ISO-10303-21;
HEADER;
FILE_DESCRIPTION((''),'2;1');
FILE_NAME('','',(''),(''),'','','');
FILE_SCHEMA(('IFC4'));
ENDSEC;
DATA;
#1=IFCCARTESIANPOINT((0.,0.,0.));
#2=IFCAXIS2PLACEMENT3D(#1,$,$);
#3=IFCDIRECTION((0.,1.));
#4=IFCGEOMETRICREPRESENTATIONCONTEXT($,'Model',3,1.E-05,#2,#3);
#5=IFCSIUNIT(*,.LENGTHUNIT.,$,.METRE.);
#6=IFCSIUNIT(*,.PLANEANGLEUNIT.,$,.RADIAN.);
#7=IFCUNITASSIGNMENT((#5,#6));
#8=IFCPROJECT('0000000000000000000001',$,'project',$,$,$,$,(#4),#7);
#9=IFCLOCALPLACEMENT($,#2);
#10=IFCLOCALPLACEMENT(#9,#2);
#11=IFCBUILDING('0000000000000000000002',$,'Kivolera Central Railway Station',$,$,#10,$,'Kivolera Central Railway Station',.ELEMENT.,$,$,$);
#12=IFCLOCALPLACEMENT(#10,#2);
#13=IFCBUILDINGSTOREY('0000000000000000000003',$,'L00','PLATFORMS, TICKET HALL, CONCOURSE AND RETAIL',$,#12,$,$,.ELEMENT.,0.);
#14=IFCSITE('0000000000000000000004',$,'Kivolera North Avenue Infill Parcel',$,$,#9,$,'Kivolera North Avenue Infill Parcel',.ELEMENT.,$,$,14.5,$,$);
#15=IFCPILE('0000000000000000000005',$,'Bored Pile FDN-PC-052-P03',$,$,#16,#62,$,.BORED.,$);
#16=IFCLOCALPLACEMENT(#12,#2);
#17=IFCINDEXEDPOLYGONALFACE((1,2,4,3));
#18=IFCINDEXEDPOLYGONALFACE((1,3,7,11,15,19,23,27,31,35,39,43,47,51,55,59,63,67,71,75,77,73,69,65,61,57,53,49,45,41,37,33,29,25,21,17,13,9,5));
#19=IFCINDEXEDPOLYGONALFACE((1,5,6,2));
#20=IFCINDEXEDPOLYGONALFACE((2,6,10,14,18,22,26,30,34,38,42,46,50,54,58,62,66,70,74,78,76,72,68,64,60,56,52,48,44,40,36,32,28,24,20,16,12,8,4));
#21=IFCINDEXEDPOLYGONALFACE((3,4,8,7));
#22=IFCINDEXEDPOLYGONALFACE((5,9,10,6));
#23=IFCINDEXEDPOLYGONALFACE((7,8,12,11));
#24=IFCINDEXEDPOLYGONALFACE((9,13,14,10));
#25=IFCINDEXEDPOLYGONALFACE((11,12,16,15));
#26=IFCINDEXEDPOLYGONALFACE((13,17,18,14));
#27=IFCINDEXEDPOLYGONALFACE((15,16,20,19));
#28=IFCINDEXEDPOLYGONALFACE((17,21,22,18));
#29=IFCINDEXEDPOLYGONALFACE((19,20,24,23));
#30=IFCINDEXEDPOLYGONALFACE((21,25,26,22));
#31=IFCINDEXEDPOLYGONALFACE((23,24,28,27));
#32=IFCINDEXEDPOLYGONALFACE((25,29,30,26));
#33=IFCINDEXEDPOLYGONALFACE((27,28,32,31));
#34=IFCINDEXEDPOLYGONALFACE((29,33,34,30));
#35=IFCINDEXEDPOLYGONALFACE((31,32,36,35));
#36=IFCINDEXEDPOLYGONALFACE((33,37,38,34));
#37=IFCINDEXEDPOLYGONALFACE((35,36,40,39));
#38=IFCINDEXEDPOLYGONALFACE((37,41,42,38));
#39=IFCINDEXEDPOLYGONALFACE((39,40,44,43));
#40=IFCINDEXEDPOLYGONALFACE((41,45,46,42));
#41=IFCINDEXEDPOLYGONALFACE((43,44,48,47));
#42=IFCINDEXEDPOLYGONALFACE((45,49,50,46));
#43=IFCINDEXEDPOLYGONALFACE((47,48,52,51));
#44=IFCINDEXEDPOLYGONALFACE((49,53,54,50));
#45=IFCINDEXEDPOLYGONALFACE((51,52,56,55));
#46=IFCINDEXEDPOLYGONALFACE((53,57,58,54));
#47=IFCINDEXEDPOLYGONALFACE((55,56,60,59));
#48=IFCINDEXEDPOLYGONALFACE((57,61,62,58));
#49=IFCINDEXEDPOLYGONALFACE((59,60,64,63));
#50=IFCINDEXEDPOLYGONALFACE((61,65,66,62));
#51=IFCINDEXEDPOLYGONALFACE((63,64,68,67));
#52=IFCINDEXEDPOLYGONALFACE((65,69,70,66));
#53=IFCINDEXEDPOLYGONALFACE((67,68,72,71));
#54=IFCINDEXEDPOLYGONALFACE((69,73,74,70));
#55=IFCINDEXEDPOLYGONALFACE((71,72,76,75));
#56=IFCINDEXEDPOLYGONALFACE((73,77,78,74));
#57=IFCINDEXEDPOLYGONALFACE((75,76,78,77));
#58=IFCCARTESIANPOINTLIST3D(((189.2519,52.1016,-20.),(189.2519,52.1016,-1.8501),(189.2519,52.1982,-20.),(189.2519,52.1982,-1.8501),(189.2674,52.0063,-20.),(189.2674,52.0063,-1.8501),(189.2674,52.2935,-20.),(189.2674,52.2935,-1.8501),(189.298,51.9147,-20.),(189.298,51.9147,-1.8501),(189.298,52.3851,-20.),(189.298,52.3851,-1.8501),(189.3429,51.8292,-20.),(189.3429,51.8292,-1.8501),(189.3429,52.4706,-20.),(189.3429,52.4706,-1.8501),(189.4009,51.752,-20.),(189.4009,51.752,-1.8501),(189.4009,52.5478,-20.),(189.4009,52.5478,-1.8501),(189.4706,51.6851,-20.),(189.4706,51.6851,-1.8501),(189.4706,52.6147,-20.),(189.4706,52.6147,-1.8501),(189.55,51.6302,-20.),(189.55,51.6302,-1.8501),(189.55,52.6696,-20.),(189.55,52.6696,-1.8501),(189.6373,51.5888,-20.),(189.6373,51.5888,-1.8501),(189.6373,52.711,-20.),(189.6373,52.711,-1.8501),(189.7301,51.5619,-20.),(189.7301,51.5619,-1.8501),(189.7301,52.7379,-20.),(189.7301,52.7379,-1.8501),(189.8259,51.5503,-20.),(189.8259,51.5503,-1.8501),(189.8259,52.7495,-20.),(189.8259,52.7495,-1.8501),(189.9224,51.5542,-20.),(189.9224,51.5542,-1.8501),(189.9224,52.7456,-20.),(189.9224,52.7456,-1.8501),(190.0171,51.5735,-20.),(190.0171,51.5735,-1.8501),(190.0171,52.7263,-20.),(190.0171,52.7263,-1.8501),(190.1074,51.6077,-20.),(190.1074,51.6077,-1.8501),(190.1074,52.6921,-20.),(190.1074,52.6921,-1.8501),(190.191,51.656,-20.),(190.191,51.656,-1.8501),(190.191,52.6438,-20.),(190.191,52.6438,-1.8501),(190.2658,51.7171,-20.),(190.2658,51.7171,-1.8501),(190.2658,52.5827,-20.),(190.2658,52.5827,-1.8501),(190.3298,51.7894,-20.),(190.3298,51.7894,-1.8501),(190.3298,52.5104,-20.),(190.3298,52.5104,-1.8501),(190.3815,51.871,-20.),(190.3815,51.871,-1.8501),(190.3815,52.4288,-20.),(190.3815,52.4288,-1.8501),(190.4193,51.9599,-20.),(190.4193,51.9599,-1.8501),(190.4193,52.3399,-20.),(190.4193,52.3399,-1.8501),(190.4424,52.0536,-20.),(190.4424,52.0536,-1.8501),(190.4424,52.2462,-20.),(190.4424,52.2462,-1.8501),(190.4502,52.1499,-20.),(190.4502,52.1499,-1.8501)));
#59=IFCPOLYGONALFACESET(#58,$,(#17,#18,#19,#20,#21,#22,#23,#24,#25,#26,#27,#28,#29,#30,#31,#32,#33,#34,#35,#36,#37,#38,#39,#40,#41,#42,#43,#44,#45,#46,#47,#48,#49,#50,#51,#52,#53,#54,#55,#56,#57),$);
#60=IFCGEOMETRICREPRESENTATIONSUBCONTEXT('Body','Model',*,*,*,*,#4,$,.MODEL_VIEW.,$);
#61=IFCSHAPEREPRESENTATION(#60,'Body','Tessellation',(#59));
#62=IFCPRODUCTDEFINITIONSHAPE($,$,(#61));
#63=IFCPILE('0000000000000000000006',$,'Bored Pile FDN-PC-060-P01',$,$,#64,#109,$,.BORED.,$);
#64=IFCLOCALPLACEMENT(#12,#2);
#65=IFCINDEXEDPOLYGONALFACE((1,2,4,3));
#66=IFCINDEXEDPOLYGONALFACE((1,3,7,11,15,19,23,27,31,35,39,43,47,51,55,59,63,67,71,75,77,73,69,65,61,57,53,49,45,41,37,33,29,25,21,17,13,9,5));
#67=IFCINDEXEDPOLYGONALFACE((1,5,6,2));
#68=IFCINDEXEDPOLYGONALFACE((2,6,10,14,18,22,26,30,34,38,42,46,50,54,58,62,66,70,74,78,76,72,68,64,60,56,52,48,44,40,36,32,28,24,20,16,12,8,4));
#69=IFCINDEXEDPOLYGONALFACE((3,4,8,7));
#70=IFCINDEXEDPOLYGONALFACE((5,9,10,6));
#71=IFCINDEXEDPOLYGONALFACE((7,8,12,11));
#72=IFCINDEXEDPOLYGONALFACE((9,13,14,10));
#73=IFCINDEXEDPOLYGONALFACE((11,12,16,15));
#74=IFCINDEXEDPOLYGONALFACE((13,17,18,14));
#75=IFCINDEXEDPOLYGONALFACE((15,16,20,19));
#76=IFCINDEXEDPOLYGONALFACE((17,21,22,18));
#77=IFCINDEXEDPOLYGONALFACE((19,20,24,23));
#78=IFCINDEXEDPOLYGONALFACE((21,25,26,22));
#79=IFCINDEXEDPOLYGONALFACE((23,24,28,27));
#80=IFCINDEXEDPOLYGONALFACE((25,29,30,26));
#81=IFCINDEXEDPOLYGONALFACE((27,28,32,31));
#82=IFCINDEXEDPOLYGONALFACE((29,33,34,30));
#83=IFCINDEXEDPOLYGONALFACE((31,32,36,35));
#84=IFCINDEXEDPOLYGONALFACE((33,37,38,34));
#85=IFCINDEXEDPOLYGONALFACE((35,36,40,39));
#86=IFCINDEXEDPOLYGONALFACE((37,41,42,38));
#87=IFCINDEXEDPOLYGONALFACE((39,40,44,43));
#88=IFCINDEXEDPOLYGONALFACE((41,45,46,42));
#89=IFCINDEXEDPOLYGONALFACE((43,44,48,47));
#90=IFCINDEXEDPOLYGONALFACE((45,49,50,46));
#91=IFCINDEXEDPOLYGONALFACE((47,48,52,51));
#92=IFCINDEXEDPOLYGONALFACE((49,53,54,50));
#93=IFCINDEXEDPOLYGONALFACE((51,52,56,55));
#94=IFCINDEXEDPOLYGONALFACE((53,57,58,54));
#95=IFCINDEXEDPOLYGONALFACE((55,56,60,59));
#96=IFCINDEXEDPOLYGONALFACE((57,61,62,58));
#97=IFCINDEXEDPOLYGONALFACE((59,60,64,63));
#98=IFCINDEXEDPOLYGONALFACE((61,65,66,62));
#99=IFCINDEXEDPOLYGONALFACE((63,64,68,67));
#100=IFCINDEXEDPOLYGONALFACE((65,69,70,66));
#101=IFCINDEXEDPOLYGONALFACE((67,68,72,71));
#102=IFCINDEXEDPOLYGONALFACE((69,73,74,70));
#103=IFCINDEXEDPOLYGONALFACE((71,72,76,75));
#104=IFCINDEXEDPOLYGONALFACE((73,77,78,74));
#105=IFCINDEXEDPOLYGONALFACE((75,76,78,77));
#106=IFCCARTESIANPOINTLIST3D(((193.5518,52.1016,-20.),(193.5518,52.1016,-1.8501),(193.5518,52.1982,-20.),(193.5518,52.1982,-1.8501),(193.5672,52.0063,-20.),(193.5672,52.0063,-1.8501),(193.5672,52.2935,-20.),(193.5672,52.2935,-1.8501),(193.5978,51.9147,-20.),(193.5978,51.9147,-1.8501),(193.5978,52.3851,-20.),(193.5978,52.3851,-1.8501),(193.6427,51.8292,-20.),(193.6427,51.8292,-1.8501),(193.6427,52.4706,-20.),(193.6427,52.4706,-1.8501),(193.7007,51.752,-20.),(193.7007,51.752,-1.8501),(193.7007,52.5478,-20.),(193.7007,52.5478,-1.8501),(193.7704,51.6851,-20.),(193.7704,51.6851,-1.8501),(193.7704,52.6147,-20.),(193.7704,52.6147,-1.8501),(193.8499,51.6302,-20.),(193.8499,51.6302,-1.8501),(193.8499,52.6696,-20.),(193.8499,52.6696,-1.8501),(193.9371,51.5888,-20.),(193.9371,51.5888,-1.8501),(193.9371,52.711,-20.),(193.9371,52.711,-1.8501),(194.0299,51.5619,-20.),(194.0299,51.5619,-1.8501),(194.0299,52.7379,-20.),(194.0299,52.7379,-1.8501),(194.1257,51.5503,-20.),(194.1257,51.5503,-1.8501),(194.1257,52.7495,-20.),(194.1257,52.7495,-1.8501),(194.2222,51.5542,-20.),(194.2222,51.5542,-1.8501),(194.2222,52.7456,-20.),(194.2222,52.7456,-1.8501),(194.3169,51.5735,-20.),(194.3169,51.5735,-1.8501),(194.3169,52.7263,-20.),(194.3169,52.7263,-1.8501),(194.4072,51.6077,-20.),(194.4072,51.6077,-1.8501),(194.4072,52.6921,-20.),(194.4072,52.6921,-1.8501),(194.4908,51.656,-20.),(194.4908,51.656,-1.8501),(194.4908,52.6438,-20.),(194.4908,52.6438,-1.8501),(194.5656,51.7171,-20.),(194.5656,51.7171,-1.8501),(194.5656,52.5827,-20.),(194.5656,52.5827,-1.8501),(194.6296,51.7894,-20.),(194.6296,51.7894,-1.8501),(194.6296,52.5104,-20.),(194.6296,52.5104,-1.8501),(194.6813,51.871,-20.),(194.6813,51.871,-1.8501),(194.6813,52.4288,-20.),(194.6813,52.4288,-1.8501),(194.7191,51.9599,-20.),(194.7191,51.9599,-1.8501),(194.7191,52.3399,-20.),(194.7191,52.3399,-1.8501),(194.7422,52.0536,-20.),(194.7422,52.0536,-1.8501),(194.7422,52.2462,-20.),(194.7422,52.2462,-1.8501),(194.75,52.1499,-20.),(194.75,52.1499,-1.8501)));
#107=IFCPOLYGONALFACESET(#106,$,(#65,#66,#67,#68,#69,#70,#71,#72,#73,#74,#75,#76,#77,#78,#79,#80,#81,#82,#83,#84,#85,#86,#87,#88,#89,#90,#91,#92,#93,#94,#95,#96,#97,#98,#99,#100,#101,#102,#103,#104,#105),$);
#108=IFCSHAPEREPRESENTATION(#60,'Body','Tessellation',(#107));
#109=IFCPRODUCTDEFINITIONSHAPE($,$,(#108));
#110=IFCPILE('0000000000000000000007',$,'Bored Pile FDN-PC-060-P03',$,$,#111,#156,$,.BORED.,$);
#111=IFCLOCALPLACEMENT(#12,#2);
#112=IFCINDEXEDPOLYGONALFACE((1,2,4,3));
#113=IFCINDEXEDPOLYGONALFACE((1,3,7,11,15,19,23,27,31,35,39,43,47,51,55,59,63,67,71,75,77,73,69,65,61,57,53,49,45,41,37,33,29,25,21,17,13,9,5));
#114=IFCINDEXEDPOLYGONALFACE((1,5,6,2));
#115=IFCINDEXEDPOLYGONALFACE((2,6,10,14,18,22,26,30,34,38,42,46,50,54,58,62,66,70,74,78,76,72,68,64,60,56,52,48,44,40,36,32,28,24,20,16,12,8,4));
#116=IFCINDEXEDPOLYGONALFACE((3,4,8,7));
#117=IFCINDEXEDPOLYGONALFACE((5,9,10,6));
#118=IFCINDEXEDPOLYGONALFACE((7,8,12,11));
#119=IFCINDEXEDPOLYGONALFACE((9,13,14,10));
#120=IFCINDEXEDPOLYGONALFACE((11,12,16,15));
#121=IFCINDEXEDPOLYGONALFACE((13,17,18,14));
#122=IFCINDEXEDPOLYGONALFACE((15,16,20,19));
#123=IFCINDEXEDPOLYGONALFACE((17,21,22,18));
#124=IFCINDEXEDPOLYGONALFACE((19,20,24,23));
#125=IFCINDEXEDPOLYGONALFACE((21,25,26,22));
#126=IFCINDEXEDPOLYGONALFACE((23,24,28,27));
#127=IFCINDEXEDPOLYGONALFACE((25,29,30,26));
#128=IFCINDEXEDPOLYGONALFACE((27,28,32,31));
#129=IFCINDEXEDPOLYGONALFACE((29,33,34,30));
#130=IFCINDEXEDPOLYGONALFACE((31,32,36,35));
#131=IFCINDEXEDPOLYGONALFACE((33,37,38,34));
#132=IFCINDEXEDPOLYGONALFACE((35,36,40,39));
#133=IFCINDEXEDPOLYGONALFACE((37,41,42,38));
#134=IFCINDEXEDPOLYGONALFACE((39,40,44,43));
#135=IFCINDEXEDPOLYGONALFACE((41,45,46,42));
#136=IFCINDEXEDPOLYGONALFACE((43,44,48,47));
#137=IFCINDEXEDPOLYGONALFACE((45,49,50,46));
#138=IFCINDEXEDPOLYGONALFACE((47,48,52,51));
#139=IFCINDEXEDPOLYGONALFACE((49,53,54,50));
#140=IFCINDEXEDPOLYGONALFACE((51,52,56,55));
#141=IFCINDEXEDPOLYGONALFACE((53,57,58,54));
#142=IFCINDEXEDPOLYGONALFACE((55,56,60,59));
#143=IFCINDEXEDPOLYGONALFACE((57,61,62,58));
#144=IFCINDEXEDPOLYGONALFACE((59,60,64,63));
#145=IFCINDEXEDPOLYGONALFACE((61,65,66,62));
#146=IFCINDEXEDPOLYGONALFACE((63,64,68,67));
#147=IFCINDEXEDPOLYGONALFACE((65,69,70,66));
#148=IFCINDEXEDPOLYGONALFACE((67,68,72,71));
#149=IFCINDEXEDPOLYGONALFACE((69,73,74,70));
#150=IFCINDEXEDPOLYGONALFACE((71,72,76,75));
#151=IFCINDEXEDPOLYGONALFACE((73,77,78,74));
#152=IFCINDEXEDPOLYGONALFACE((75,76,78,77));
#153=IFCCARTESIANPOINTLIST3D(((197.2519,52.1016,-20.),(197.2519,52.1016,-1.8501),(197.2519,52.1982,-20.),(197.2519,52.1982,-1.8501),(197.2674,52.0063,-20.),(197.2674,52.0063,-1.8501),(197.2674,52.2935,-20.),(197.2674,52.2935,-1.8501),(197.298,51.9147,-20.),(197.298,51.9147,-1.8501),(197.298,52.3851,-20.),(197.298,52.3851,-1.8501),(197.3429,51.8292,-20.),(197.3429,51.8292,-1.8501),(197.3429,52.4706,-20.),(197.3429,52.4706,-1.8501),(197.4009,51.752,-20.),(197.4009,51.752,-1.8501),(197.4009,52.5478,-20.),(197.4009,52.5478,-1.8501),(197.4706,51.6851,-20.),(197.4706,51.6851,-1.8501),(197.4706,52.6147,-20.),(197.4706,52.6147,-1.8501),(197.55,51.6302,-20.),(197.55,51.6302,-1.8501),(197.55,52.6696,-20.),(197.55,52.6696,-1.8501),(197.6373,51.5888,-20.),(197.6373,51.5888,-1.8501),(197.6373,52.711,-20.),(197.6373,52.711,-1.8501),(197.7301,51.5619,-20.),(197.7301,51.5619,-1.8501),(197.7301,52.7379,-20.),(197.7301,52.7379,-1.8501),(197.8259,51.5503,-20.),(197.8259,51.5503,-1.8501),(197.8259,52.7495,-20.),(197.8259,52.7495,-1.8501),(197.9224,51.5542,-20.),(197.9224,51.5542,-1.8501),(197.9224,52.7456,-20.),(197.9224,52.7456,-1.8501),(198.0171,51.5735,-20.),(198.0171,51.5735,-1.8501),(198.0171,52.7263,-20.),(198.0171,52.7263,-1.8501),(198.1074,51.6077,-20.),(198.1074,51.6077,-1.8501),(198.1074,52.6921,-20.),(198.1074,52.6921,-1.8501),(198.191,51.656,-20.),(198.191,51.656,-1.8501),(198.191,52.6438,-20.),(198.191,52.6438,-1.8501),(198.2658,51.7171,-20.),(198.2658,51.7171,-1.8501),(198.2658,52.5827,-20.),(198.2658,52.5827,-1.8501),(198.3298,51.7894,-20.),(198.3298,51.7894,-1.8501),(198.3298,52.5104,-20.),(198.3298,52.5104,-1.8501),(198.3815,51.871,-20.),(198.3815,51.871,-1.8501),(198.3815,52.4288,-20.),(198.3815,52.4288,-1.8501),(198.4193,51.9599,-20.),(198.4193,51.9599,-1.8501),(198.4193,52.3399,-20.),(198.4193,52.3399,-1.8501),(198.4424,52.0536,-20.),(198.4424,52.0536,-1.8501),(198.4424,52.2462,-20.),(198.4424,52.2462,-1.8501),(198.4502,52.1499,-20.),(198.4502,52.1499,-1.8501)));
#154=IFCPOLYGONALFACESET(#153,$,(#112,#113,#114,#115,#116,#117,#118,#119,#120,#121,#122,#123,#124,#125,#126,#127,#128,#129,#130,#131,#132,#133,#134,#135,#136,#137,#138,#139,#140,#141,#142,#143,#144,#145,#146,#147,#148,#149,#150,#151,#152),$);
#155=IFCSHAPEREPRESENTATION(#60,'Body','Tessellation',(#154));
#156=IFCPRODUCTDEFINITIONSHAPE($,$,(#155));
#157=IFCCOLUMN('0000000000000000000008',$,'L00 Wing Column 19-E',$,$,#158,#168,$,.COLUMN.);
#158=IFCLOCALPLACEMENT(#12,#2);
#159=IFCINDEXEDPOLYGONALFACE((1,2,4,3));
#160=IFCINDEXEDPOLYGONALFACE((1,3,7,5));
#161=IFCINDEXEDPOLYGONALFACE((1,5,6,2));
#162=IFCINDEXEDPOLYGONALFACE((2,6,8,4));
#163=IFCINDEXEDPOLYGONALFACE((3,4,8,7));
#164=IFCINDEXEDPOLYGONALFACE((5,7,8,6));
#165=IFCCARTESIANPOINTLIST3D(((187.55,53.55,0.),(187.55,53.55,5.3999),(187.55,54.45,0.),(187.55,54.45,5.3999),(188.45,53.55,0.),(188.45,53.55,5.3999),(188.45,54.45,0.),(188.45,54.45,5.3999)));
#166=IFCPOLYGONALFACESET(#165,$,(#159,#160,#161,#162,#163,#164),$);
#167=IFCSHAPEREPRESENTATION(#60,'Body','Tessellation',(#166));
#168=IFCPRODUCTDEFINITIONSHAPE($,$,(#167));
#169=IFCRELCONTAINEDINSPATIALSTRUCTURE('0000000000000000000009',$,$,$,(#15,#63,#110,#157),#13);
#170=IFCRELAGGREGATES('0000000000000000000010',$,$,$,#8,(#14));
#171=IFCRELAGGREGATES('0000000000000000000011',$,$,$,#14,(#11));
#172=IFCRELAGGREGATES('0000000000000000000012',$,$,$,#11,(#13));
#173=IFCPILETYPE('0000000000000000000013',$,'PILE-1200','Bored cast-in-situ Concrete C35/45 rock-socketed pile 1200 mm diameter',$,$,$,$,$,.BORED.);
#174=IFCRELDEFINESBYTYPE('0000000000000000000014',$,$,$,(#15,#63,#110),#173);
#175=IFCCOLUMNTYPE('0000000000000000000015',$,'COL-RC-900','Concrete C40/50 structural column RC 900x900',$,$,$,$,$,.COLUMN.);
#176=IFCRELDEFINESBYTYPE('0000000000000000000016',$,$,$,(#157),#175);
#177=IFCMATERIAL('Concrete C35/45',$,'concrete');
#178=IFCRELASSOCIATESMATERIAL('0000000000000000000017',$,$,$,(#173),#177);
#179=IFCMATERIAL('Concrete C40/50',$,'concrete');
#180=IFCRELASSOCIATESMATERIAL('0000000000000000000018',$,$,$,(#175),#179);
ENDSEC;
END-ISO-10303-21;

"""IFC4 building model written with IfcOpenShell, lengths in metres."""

from ifc_helpers import new_model, si_unit, direction, frame, origin, origin_2d, place, context, subcontext, project, spatial, rectangle, circle, extrude, material, material_profile, profile_set, type_object, element, save


model = new_model("IFC4")

# Units and contexts
model_context = context("Model", 3, precision=1e-05, world=origin(), true_north=direction((0.0, 1.0)))
body_context = subcontext(model_context, "Body", "Model", "MODEL_VIEW")
ifc_project = project(units=[si_unit("LENGTHUNIT", "METRE"), si_unit("PLANEANGLEUNIT", "RADIAN")], contexts=[model_context])

# Site, building, storey
site_placement = place(None, origin())
site = spatial("IfcSite", under=ifc_project, at=site_placement, Name="Kivolera North Avenue Infill Parcel", LongName="Kivolera North Avenue Infill Parcel", CompositionType="ELEMENT", RefElevation=14.5)
building_placement = place(site_placement, origin())
building = spatial("IfcBuilding", under=site, at=building_placement, Name="Kivolera Central Railway Station", LongName="Kivolera Central Railway Station", CompositionType="ELEMENT")
storey_placement = place(building_placement, origin())
storey = spatial("IfcBuildingStorey", under=building, at=storey_placement, Name="L00", Description="PLATFORMS, TICKET HALL, CONCOURSE AND RETAIL", CompositionType="ELEMENT", Elevation=0.0)

# Shared definitions
ifc_material_1 = material(Name="Concrete C35/45", Category="concrete")

# Piles
ifc_material_profile_1 = material_profile(ifc_material_1, circle(Radius=0.6001, at=origin_2d()), Name="PILE D1200")
ifc_profile_set_1 = profile_set([ifc_material_profile_1], Name="Concrete C35/45")
pile_type_1 = type_object("IfcPileType", Name="PILE-1200", Description="Bored cast-in-situ Concrete C35/45 rock-socketed pile 1200 mm diameter", PredefinedType="BORED", material=ifc_profile_set_1)
for number, where, z_axis, x_axis, name in (
    (1, (189.8501, 52.1499, -1.8501), (0.0, 0.0, -1.0), (1.0, 0.0, 0.0), "Bored Pile FDN-PC-052-P03"),
    (2, (194.1499, 52.1499, -1.8501), (0.0, 0.0, -1.0), (1.0, 0.0, 0.0), "Bored Pile FDN-PC-060-P01"),
    (3, (197.8501, 52.1499, -1.8501), (0.0, 0.0, -1.0), (1.0, 0.0, 0.0), "Bored Pile FDN-PC-060-P03"),
):
    element("IfcPile", number, at=place(storey_placement, frame(where, z_axis=z_axis, x_axis=x_axis)), inside=storey, type_object=pile_type_1, Name=name, PredefinedType="BORED", context=body_context, shape_type="SweptSolid", body=[
        extrude(circle(Radius=0.6001, at=origin_2d()), origin(), (0.0, 0.0, 1.0), 18.1499),
    ])

# Column
ifc_material_2 = material(Name="Concrete C40/50", Category="concrete")
ifc_material_profile_2 = material_profile(ifc_material_2, rectangle(XDim=0.8999, YDim=0.8999, at=origin_2d()), Name="RC 900x900")
ifc_profile_set_2 = profile_set([ifc_material_profile_2], Name="Concrete C40/50")
column_type_1 = type_object("IfcColumnType", Name="COL-RC-900", Description="Concrete C40/50 structural column RC 900x900", PredefinedType="COLUMN", material=ifc_profile_set_2)
column_1_placement = place(storey_placement, frame((188.0, 54.0, 0.0), z_axis=(0.0, 0.0, 1.0), x_axis=(1.0, 0.0, 0.0)))
element("IfcColumn", 4, at=column_1_placement, inside=storey, type_object=column_type_1, Name="L00 Wing Column 19-E", PredefinedType="COLUMN", context=body_context, shape_type="SweptSolid", body=[
    extrude(rectangle(XDim=0.8999, YDim=0.8999, at=origin_2d()), origin(), (0.0, 0.0, 1.0), 5.3999),
])

save(model, "model.ifc")
